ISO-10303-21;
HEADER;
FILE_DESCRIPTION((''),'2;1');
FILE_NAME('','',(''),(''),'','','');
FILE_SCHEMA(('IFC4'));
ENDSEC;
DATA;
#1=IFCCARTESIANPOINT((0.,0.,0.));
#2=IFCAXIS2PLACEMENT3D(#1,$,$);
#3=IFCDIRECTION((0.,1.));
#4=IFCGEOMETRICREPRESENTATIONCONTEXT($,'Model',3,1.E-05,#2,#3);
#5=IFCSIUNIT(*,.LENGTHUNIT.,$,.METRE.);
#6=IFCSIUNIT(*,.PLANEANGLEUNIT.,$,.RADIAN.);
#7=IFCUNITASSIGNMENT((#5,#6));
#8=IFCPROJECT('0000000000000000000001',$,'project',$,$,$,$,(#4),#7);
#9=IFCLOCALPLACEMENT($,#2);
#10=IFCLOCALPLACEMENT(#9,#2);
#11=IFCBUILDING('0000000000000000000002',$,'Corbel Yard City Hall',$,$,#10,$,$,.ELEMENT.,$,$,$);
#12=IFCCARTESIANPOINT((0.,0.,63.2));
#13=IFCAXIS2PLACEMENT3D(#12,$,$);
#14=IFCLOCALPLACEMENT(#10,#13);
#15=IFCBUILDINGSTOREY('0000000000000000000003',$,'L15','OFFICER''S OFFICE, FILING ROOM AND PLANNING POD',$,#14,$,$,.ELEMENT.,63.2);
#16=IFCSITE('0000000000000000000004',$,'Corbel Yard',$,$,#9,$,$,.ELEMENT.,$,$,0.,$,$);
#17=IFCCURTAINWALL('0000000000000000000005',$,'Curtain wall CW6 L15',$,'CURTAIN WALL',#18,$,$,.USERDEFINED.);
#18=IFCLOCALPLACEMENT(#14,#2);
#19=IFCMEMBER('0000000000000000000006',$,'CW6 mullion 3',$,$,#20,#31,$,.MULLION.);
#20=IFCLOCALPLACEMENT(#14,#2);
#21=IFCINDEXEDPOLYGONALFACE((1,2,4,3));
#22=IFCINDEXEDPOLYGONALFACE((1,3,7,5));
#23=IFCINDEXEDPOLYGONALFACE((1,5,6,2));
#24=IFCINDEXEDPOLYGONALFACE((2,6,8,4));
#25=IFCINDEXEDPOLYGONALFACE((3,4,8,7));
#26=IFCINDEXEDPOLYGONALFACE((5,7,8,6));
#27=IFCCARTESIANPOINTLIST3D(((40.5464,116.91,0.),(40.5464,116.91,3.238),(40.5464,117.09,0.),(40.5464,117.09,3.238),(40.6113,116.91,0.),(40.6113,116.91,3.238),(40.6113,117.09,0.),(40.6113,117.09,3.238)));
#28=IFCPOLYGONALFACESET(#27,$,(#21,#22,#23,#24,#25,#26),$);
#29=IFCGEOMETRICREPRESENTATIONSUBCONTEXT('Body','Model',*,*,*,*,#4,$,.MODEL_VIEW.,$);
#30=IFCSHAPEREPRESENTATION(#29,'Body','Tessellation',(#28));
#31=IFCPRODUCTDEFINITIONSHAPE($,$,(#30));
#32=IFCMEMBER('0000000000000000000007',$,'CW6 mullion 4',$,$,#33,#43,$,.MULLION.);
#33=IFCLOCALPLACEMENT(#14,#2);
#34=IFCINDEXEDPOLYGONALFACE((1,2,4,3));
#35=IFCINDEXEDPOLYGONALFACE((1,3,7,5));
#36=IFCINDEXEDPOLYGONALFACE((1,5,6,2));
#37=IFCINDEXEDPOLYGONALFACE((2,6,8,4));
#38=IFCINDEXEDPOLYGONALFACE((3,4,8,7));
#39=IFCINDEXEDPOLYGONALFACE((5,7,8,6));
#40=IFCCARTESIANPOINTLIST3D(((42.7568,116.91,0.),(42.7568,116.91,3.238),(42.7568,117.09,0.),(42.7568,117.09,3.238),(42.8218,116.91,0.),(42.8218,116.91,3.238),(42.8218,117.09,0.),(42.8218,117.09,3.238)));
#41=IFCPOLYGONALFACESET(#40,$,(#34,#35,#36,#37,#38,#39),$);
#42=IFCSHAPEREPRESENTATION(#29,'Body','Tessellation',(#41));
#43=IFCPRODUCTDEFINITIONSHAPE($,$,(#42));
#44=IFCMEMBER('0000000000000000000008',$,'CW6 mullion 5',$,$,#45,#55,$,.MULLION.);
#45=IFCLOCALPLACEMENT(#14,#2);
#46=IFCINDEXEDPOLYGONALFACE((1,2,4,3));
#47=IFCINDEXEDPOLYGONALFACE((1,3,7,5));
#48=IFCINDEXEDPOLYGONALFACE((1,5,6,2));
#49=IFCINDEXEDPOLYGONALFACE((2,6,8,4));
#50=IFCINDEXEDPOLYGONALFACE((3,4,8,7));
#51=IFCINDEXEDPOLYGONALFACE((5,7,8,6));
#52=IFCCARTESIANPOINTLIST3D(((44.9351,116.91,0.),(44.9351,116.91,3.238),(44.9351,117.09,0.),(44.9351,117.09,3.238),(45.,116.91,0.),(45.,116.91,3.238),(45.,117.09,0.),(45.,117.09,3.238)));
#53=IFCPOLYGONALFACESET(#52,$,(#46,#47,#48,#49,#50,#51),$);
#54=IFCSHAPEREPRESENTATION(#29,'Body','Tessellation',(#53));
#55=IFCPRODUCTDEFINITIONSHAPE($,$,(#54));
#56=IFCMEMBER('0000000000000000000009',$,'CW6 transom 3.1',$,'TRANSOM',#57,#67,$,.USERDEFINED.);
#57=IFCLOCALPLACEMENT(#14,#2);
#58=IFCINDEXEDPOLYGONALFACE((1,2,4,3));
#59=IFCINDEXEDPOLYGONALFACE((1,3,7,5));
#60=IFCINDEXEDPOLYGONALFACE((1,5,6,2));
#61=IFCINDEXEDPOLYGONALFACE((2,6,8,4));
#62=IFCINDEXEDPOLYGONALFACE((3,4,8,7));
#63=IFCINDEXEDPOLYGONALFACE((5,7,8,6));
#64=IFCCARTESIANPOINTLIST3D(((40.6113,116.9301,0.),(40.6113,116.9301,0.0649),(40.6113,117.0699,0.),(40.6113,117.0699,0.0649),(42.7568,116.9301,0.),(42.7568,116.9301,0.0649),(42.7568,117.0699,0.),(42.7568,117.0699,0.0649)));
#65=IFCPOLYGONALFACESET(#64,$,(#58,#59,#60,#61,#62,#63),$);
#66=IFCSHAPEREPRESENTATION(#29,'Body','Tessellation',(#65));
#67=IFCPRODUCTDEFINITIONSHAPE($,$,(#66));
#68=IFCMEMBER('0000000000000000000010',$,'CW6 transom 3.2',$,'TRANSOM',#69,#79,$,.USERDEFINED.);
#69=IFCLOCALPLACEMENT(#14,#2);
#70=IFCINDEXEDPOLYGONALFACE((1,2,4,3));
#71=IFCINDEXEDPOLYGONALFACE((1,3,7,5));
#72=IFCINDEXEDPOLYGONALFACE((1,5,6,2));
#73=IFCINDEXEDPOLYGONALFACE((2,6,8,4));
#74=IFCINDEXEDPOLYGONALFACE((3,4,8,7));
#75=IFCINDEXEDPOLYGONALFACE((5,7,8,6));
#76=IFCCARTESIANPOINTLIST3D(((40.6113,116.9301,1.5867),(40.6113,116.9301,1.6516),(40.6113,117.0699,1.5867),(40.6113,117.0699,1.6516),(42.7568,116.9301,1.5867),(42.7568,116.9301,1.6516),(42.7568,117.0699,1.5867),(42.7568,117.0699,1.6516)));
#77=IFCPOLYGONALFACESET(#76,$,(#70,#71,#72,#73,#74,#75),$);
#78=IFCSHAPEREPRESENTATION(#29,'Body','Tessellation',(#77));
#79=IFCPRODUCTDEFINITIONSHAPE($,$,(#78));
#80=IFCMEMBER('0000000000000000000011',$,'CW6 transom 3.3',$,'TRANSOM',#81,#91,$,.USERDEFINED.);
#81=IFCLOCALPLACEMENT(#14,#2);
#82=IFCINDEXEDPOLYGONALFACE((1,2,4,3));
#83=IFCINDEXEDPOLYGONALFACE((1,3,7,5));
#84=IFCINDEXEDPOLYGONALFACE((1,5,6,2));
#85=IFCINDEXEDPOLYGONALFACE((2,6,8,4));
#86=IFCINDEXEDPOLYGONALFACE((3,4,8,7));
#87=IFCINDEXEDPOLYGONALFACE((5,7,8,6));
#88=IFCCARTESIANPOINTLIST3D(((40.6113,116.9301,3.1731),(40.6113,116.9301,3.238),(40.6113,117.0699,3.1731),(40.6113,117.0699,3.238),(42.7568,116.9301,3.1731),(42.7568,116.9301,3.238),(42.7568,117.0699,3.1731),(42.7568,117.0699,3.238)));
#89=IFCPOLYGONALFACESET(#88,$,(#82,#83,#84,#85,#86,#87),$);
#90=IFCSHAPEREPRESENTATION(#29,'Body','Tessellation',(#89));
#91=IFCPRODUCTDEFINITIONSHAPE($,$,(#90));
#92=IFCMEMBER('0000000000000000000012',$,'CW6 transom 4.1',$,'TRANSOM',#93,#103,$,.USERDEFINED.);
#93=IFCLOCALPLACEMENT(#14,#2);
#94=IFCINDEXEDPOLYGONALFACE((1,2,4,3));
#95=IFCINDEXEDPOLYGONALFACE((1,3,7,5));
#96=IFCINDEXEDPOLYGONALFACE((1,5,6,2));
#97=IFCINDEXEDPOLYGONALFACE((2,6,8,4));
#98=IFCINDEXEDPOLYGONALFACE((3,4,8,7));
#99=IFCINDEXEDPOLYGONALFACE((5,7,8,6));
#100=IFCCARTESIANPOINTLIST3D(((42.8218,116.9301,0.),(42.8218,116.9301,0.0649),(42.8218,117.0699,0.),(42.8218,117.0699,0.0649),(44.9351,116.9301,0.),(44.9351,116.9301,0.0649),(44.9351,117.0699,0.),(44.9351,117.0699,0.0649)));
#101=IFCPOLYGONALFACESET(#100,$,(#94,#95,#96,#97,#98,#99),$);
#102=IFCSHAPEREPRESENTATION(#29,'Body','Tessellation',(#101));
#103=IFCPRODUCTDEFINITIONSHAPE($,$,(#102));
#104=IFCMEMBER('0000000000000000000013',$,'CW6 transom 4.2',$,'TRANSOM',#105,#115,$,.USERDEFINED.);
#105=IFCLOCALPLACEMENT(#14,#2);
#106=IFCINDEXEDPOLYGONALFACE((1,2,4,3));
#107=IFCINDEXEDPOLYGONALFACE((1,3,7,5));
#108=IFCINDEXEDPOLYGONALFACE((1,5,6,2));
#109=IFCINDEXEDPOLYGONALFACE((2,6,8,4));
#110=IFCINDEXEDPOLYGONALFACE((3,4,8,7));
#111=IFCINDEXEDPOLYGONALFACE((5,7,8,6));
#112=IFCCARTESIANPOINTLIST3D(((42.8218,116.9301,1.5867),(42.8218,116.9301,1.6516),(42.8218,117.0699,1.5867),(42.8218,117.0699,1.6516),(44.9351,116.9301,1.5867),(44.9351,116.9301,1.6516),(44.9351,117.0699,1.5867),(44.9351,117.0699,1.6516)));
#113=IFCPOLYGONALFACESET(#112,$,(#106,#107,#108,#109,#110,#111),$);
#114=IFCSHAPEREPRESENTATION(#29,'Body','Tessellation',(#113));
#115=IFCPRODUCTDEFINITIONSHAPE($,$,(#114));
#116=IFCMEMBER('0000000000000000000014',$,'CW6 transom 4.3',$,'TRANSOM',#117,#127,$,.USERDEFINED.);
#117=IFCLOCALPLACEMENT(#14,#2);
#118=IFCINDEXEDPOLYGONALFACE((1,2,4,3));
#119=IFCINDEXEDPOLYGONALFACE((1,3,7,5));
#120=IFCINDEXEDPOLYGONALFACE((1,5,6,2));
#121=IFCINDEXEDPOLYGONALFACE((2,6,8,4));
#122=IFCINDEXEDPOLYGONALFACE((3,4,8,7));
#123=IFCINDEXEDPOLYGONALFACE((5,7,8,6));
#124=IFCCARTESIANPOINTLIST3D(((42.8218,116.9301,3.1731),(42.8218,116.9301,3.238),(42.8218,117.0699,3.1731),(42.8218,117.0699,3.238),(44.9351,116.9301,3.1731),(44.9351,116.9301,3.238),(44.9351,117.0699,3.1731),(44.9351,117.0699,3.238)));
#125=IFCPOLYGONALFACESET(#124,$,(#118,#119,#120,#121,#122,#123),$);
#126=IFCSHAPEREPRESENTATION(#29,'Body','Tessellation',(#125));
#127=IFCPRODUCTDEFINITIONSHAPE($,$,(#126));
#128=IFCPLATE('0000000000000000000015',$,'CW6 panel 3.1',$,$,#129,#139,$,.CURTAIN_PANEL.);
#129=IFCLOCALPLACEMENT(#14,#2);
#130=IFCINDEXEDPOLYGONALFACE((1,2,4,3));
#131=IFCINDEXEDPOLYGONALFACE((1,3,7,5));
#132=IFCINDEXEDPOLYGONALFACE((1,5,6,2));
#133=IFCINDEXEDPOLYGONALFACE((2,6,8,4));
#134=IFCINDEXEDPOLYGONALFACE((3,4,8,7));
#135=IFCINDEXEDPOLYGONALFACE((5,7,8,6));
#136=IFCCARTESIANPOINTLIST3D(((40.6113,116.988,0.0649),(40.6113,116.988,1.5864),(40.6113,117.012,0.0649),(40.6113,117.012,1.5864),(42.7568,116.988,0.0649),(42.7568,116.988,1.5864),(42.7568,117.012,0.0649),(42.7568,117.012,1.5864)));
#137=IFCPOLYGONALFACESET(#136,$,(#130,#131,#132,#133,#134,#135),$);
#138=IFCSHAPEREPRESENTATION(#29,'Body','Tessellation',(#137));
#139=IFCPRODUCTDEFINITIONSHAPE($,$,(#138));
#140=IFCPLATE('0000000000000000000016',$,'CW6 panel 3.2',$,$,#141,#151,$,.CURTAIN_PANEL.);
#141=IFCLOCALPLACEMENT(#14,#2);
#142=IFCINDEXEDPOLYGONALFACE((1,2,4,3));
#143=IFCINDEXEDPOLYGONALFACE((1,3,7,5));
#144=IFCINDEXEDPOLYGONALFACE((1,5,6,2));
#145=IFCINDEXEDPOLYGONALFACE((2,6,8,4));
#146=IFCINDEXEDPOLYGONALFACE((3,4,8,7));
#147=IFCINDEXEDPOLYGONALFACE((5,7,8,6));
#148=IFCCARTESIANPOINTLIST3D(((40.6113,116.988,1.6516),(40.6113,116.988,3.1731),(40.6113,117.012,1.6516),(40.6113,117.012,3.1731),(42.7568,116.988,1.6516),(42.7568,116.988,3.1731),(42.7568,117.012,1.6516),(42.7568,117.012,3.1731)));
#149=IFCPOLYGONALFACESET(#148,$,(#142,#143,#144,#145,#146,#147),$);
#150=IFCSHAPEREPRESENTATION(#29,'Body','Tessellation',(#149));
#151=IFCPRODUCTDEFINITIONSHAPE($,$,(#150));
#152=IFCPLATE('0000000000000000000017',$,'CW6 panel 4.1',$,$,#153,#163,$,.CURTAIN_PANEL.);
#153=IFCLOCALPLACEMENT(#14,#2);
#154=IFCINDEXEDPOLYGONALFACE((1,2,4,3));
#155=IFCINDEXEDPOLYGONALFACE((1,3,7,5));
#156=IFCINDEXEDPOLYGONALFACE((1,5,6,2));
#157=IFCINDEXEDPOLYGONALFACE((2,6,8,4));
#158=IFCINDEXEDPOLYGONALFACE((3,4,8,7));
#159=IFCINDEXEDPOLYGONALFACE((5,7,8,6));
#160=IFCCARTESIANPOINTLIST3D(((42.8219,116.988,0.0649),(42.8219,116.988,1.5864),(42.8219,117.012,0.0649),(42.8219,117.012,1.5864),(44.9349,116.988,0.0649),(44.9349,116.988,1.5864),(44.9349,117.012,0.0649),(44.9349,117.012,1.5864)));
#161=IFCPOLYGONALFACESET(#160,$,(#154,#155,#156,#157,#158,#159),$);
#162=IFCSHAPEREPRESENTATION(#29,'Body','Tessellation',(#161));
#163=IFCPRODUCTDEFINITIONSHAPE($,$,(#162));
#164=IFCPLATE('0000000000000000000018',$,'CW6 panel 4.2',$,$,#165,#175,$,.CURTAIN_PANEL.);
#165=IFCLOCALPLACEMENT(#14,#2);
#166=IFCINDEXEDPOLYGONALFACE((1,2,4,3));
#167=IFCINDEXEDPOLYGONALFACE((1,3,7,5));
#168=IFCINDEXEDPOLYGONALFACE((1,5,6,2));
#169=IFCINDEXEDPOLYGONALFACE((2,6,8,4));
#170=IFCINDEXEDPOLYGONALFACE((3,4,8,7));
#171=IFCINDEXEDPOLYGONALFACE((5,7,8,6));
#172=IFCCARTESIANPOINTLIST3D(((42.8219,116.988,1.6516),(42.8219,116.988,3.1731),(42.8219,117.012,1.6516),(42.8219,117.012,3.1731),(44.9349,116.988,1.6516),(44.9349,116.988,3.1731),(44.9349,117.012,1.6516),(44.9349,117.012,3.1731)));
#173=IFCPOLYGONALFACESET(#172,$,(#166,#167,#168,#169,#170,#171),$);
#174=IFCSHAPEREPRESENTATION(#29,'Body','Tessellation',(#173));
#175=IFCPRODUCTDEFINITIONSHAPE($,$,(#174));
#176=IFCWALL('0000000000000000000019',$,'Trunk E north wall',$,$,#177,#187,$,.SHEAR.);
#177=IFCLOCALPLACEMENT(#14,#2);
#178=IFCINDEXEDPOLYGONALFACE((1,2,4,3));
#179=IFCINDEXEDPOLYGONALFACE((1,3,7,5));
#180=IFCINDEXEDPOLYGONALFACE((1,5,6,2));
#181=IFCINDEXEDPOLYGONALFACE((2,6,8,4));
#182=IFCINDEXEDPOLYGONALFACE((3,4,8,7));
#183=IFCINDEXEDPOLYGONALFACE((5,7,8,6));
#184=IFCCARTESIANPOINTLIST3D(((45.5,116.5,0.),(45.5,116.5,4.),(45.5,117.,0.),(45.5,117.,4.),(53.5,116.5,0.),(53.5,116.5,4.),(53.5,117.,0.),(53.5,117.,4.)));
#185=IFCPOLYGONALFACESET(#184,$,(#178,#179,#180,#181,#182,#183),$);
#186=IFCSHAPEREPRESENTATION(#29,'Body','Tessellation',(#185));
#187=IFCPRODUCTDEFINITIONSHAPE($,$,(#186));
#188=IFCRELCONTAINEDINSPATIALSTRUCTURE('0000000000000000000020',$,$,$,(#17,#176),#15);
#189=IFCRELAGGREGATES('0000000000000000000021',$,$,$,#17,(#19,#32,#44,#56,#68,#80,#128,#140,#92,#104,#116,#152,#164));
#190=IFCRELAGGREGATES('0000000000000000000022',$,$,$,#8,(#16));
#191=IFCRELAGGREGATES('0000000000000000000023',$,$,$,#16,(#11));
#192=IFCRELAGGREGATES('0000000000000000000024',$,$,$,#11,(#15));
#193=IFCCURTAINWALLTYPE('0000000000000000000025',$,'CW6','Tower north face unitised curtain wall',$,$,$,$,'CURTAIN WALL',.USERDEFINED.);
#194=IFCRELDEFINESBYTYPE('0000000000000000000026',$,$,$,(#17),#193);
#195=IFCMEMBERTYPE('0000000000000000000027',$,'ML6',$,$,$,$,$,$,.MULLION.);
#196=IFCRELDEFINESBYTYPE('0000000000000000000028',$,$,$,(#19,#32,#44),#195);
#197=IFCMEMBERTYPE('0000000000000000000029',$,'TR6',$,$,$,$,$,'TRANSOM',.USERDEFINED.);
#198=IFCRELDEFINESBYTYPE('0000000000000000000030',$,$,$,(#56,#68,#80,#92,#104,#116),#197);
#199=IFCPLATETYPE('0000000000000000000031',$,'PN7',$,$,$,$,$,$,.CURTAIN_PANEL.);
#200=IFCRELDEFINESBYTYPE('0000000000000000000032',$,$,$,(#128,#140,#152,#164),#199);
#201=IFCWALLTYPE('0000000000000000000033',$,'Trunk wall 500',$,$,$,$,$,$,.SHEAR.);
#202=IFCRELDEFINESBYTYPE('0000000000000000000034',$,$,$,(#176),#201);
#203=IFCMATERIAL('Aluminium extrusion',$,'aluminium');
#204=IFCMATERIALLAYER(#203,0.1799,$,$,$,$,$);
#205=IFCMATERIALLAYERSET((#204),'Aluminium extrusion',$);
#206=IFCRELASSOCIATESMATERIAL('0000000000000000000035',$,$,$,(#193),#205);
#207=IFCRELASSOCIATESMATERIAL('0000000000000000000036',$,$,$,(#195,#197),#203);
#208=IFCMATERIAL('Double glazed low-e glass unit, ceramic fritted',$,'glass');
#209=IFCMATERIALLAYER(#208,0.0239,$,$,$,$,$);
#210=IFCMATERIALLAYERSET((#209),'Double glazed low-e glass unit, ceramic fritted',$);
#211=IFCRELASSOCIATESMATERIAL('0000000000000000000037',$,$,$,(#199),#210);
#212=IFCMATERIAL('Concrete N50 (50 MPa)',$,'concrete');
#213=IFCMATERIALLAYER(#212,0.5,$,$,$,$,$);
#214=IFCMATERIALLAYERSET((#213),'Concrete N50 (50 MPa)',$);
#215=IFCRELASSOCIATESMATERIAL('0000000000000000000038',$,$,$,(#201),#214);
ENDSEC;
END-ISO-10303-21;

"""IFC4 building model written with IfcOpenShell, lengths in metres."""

from ifc_helpers import new_model, si_unit, direction, frame, frame_2d, origin, origin_2d, place, context, subcontext, project, spatial, rectangle, extrude, material, layer, layer_set, material_profile, profile_set, type_object, element, aggregate, save


model = new_model("IFC4")

# Units and contexts
model_context = context("Model", 3, precision=1e-05, world=origin(), true_north=direction((0.0, 1.0)))
body_context = subcontext(model_context, "Body", "Model", "MODEL_VIEW")
ifc_project = project(units=[si_unit("LENGTHUNIT", "METRE"), si_unit("PLANEANGLEUNIT", "RADIAN")], contexts=[model_context])

# Site, building, storey
site_placement = place(None, origin())
site = spatial("IfcSite", under=ifc_project, at=site_placement, Name="Corbel Yard", CompositionType="ELEMENT", RefElevation=0.0)
building_placement = place(site_placement, origin())
building = spatial("IfcBuilding", under=site, at=building_placement, Name="Corbel Yard City Hall", CompositionType="ELEMENT")
storey_placement = place(building_placement, frame((0.0, 0.0, 63.2)))
storey = spatial("IfcBuildingStorey", under=building, at=storey_placement, Name="L15", Description="OFFICER'S OFFICE, FILING ROOM AND PLANNING POD", CompositionType="ELEMENT", Elevation=63.2)

# Curtain wall, members, plates
ifc_material_1 = material(Name="Aluminium extrusion", Category="aluminium")
ifc_layer_1 = layer(ifc_material_1, 0.1799)
ifc_layer_set_1 = layer_set([ifc_layer_1], Name="Aluminium extrusion")
curtain_wall_type = type_object("IfcCurtainWallType", Name="CW6", Description="Tower north face unitised curtain wall", ElementType="CURTAIN WALL", PredefinedType="USERDEFINED", material=ifc_layer_set_1)
curtain_wall_placement = place(storey_placement, origin())
curtain_wall = element("IfcCurtainWall", 1, at=curtain_wall_placement, inside=storey, type_object=curtain_wall_type, Name="Curtain wall CW6 L15", ObjectType="CURTAIN WALL", PredefinedType="USERDEFINED")
ifc_material_profile_1 = material_profile(ifc_material_1, rectangle(XDim=0.1799, YDim=0.0649, at=origin_2d()), Name="180x65")
ifc_profile_set_1 = profile_set([ifc_material_profile_1], Name="Aluminium extrusion")
member_type_1 = type_object("IfcMemberType", Name="ML6", PredefinedType="MULLION", material=ifc_profile_set_1)
member_1_placement = place(storey_placement, frame((40.5789, 117.0, 0.0), z_axis=(0.0, 0.0, 1.0), x_axis=(0.0, 1.0, 0.0)))
member_1 = element("IfcMember", 2, at=member_1_placement, type_object=member_type_1, Name="CW6 mullion 3", PredefinedType="MULLION", context=body_context, shape_type="SweptSolid", body=[
    extrude(rectangle(XDim=0.1799, YDim=0.0649, at=origin_2d()), origin(), (0.0, 0.0, 1.0), 3.238),
])
member_2_placement = place(storey_placement, frame((42.7893, 117.0, 0.0), z_axis=(0.0, 0.0, 1.0), x_axis=(0.0, 1.0, 0.0)))
member_2 = element("IfcMember", 3, at=member_2_placement, type_object=member_type_1, Name="CW6 mullion 4", PredefinedType="MULLION", context=body_context, shape_type="SweptSolid", body=[
    extrude(rectangle(XDim=0.1799, YDim=0.0649, at=origin_2d()), origin(), (0.0, 0.0, 1.0), 3.238),
])
member_3_placement = place(storey_placement, frame((44.9675, 117.0, 0.0), z_axis=(0.0, 0.0, 1.0), x_axis=(0.0, 1.0, 0.0)))
member_3 = element("IfcMember", 4, at=member_3_placement, type_object=member_type_1, Name="CW6 mullion 5", PredefinedType="MULLION", context=body_context, shape_type="SweptSolid", body=[
    extrude(rectangle(XDim=0.1799, YDim=0.0649, at=origin_2d()), origin(), (0.0, 0.0, 1.0), 3.238),
])
ifc_material_profile_2 = material_profile(ifc_material_1, rectangle(XDim=0.1399, YDim=0.0649, at=origin_2d()), Name="140x65")
ifc_profile_set_2 = profile_set([ifc_material_profile_2], Name="Aluminium extrusion")
member_type_2 = type_object("IfcMemberType", Name="TR6", ElementType="TRANSOM", PredefinedType="USERDEFINED", material=ifc_profile_set_2)
member_4_placement = place(storey_placement, frame((40.6113, 117.0, 0.0325), z_axis=(1.0, 0.0, 0.0), x_axis=(0.0, 1.0, 0.0)))
member_4 = element("IfcMember", 5, at=member_4_placement, type_object=member_type_2, Name="CW6 transom 3.1", ObjectType="TRANSOM", PredefinedType="USERDEFINED", context=body_context, shape_type="SweptSolid", body=[
    extrude(rectangle(XDim=0.1399, YDim=0.0649, at=origin_2d()), origin(), (0.0, 0.0, 1.0), 2.1455),
])
member_5_placement = place(storey_placement, frame((40.6113, 117.0, 1.6191), z_axis=(1.0, 0.0, 0.0), x_axis=(0.0, 1.0, 0.0)))
member_5 = element("IfcMember", 6, at=member_5_placement, type_object=member_type_2, Name="CW6 transom 3.2", ObjectType="TRANSOM", PredefinedType="USERDEFINED", context=body_context, shape_type="SweptSolid", body=[
    extrude(rectangle(XDim=0.1399, YDim=0.0649, at=origin_2d()), origin(), (0.0, 0.0, 1.0), 2.1455),
])
member_6_placement = place(storey_placement, frame((40.6113, 117.0, 3.2056), z_axis=(1.0, 0.0, 0.0), x_axis=(0.0, 1.0, 0.0)))
member_6 = element("IfcMember", 7, at=member_6_placement, type_object=member_type_2, Name="CW6 transom 3.3", ObjectType="TRANSOM", PredefinedType="USERDEFINED", context=body_context, shape_type="SweptSolid", body=[
    extrude(rectangle(XDim=0.1399, YDim=0.0649, at=origin_2d()), origin(), (0.0, 0.0, 1.0), 2.1455),
])
member_7_placement = place(storey_placement, frame((42.8218, 117.0, 0.0325), z_axis=(1.0, 0.0, 0.0), x_axis=(0.0, 1.0, 0.0)))
member_7 = element("IfcMember", 8, at=member_7_placement, type_object=member_type_2, Name="CW6 transom 4.1", ObjectType="TRANSOM", PredefinedType="USERDEFINED", context=body_context, shape_type="SweptSolid", body=[
    extrude(rectangle(XDim=0.1399, YDim=0.0649, at=origin_2d()), origin(), (0.0, 0.0, 1.0), 2.1133),
])
member_8_placement = place(storey_placement, frame((42.8218, 117.0, 1.6191), z_axis=(1.0, 0.0, 0.0), x_axis=(0.0, 1.0, 0.0)))
member_8 = element("IfcMember", 9, at=member_8_placement, type_object=member_type_2, Name="CW6 transom 4.2", ObjectType="TRANSOM", PredefinedType="USERDEFINED", context=body_context, shape_type="SweptSolid", body=[
    extrude(rectangle(XDim=0.1399, YDim=0.0649, at=origin_2d()), origin(), (0.0, 0.0, 1.0), 2.1133),
])
member_9_placement = place(storey_placement, frame((42.8218, 117.0, 3.2056), z_axis=(1.0, 0.0, 0.0), x_axis=(0.0, 1.0, 0.0)))
member_9 = element("IfcMember", 10, at=member_9_placement, type_object=member_type_2, Name="CW6 transom 4.3", ObjectType="TRANSOM", PredefinedType="USERDEFINED", context=body_context, shape_type="SweptSolid", body=[
    extrude(rectangle(XDim=0.1399, YDim=0.0649, at=origin_2d()), origin(), (0.0, 0.0, 1.0), 2.1133),
])
ifc_material_2 = material(Name="Double glazed low-e glass unit, ceramic fritted", Category="glass")
ifc_layer_2 = layer(ifc_material_2, 0.0239)
ifc_layer_set_2 = layer_set([ifc_layer_2], Name="Double glazed low-e glass unit, ceramic fritted")
plate_type = type_object("IfcPlateType", Name="PN7", PredefinedType="CURTAIN_PANEL", material=ifc_layer_set_2)
plate_1_placement = place(storey_placement, frame((41.6841, 117.0, 0.0649), z_axis=(0.0, 0.0, 1.0), x_axis=(1.0, 0.0, 0.0)))
plate_1 = element("IfcPlate", 11, at=plate_1_placement, type_object=plate_type, Name="CW6 panel 3.1", PredefinedType="CURTAIN_PANEL", context=body_context, shape_type="SweptSolid", body=[
    extrude(rectangle(XDim=2.1455, YDim=0.0239, at=origin_2d()), origin(), (0.0, 0.0, 1.0), 1.5215),
])
plate_2_placement = place(storey_placement, frame((41.6841, 117.0, 1.6516), z_axis=(0.0, 0.0, 1.0), x_axis=(1.0, 0.0, 0.0)))
plate_2 = element("IfcPlate", 12, at=plate_2_placement, type_object=plate_type, Name="CW6 panel 3.2", PredefinedType="CURTAIN_PANEL", context=body_context, shape_type="SweptSolid", body=[
    extrude(rectangle(XDim=2.1455, YDim=0.0239, at=origin_2d()), origin(), (0.0, 0.0, 1.0), 1.5215),
])
plate_3_placement = place(storey_placement, frame((43.8784, 117.0, 0.0649), z_axis=(0.0, 0.0, 1.0), x_axis=(1.0, 0.0, 0.0)))
plate_3 = element("IfcPlate", 13, at=plate_3_placement, type_object=plate_type, Name="CW6 panel 4.1", PredefinedType="CURTAIN_PANEL", context=body_context, shape_type="SweptSolid", body=[
    extrude(rectangle(XDim=2.113, YDim=0.0239, at=origin_2d()), origin(), (0.0, 0.0, 1.0), 1.5215),
])
plate_4_placement = place(storey_placement, frame((43.8784, 117.0, 1.6516), z_axis=(0.0, 0.0, 1.0), x_axis=(1.0, 0.0, 0.0)))
plate_4 = element("IfcPlate", 14, at=plate_4_placement, type_object=plate_type, Name="CW6 panel 4.2", PredefinedType="CURTAIN_PANEL", context=body_context, shape_type="SweptSolid", body=[
    extrude(rectangle(XDim=2.113, YDim=0.0239, at=origin_2d()), origin(), (0.0, 0.0, 1.0), 1.5215),
])
aggregate(curtain_wall, [member_1, member_2, member_3, member_4, member_5, member_6, plate_1, plate_2, member_7, member_8, member_9, plate_3, plate_4])

# Wall
ifc_material_3 = material(Name="Concrete N50 (50 MPa)", Category="concrete")
ifc_layer_3 = layer(ifc_material_3, 0.5)
ifc_layer_set_3 = layer_set([ifc_layer_3], Name="Concrete N50 (50 MPa)")
wall_type = type_object("IfcWallType", Name="Trunk wall 500", PredefinedType="SHEAR", material=ifc_layer_set_3)
wall_placement = place(storey_placement, frame((45.5, 116.75, 0.0), z_axis=(0.0, 0.0, 1.0), x_axis=(1.0, 0.0, 0.0)))
element("IfcWall", 15, at=wall_placement, inside=storey, type_object=wall_type, Name="Trunk E north wall", PredefinedType="SHEAR", context=body_context, shape_type="SweptSolid", body=[
    extrude(rectangle(XDim=8.0, YDim=0.5, at=frame_2d((4.0, 0.0))), origin(), (0.0, 0.0, 1.0), 4.0),
])

save(model, "model.ifc")
